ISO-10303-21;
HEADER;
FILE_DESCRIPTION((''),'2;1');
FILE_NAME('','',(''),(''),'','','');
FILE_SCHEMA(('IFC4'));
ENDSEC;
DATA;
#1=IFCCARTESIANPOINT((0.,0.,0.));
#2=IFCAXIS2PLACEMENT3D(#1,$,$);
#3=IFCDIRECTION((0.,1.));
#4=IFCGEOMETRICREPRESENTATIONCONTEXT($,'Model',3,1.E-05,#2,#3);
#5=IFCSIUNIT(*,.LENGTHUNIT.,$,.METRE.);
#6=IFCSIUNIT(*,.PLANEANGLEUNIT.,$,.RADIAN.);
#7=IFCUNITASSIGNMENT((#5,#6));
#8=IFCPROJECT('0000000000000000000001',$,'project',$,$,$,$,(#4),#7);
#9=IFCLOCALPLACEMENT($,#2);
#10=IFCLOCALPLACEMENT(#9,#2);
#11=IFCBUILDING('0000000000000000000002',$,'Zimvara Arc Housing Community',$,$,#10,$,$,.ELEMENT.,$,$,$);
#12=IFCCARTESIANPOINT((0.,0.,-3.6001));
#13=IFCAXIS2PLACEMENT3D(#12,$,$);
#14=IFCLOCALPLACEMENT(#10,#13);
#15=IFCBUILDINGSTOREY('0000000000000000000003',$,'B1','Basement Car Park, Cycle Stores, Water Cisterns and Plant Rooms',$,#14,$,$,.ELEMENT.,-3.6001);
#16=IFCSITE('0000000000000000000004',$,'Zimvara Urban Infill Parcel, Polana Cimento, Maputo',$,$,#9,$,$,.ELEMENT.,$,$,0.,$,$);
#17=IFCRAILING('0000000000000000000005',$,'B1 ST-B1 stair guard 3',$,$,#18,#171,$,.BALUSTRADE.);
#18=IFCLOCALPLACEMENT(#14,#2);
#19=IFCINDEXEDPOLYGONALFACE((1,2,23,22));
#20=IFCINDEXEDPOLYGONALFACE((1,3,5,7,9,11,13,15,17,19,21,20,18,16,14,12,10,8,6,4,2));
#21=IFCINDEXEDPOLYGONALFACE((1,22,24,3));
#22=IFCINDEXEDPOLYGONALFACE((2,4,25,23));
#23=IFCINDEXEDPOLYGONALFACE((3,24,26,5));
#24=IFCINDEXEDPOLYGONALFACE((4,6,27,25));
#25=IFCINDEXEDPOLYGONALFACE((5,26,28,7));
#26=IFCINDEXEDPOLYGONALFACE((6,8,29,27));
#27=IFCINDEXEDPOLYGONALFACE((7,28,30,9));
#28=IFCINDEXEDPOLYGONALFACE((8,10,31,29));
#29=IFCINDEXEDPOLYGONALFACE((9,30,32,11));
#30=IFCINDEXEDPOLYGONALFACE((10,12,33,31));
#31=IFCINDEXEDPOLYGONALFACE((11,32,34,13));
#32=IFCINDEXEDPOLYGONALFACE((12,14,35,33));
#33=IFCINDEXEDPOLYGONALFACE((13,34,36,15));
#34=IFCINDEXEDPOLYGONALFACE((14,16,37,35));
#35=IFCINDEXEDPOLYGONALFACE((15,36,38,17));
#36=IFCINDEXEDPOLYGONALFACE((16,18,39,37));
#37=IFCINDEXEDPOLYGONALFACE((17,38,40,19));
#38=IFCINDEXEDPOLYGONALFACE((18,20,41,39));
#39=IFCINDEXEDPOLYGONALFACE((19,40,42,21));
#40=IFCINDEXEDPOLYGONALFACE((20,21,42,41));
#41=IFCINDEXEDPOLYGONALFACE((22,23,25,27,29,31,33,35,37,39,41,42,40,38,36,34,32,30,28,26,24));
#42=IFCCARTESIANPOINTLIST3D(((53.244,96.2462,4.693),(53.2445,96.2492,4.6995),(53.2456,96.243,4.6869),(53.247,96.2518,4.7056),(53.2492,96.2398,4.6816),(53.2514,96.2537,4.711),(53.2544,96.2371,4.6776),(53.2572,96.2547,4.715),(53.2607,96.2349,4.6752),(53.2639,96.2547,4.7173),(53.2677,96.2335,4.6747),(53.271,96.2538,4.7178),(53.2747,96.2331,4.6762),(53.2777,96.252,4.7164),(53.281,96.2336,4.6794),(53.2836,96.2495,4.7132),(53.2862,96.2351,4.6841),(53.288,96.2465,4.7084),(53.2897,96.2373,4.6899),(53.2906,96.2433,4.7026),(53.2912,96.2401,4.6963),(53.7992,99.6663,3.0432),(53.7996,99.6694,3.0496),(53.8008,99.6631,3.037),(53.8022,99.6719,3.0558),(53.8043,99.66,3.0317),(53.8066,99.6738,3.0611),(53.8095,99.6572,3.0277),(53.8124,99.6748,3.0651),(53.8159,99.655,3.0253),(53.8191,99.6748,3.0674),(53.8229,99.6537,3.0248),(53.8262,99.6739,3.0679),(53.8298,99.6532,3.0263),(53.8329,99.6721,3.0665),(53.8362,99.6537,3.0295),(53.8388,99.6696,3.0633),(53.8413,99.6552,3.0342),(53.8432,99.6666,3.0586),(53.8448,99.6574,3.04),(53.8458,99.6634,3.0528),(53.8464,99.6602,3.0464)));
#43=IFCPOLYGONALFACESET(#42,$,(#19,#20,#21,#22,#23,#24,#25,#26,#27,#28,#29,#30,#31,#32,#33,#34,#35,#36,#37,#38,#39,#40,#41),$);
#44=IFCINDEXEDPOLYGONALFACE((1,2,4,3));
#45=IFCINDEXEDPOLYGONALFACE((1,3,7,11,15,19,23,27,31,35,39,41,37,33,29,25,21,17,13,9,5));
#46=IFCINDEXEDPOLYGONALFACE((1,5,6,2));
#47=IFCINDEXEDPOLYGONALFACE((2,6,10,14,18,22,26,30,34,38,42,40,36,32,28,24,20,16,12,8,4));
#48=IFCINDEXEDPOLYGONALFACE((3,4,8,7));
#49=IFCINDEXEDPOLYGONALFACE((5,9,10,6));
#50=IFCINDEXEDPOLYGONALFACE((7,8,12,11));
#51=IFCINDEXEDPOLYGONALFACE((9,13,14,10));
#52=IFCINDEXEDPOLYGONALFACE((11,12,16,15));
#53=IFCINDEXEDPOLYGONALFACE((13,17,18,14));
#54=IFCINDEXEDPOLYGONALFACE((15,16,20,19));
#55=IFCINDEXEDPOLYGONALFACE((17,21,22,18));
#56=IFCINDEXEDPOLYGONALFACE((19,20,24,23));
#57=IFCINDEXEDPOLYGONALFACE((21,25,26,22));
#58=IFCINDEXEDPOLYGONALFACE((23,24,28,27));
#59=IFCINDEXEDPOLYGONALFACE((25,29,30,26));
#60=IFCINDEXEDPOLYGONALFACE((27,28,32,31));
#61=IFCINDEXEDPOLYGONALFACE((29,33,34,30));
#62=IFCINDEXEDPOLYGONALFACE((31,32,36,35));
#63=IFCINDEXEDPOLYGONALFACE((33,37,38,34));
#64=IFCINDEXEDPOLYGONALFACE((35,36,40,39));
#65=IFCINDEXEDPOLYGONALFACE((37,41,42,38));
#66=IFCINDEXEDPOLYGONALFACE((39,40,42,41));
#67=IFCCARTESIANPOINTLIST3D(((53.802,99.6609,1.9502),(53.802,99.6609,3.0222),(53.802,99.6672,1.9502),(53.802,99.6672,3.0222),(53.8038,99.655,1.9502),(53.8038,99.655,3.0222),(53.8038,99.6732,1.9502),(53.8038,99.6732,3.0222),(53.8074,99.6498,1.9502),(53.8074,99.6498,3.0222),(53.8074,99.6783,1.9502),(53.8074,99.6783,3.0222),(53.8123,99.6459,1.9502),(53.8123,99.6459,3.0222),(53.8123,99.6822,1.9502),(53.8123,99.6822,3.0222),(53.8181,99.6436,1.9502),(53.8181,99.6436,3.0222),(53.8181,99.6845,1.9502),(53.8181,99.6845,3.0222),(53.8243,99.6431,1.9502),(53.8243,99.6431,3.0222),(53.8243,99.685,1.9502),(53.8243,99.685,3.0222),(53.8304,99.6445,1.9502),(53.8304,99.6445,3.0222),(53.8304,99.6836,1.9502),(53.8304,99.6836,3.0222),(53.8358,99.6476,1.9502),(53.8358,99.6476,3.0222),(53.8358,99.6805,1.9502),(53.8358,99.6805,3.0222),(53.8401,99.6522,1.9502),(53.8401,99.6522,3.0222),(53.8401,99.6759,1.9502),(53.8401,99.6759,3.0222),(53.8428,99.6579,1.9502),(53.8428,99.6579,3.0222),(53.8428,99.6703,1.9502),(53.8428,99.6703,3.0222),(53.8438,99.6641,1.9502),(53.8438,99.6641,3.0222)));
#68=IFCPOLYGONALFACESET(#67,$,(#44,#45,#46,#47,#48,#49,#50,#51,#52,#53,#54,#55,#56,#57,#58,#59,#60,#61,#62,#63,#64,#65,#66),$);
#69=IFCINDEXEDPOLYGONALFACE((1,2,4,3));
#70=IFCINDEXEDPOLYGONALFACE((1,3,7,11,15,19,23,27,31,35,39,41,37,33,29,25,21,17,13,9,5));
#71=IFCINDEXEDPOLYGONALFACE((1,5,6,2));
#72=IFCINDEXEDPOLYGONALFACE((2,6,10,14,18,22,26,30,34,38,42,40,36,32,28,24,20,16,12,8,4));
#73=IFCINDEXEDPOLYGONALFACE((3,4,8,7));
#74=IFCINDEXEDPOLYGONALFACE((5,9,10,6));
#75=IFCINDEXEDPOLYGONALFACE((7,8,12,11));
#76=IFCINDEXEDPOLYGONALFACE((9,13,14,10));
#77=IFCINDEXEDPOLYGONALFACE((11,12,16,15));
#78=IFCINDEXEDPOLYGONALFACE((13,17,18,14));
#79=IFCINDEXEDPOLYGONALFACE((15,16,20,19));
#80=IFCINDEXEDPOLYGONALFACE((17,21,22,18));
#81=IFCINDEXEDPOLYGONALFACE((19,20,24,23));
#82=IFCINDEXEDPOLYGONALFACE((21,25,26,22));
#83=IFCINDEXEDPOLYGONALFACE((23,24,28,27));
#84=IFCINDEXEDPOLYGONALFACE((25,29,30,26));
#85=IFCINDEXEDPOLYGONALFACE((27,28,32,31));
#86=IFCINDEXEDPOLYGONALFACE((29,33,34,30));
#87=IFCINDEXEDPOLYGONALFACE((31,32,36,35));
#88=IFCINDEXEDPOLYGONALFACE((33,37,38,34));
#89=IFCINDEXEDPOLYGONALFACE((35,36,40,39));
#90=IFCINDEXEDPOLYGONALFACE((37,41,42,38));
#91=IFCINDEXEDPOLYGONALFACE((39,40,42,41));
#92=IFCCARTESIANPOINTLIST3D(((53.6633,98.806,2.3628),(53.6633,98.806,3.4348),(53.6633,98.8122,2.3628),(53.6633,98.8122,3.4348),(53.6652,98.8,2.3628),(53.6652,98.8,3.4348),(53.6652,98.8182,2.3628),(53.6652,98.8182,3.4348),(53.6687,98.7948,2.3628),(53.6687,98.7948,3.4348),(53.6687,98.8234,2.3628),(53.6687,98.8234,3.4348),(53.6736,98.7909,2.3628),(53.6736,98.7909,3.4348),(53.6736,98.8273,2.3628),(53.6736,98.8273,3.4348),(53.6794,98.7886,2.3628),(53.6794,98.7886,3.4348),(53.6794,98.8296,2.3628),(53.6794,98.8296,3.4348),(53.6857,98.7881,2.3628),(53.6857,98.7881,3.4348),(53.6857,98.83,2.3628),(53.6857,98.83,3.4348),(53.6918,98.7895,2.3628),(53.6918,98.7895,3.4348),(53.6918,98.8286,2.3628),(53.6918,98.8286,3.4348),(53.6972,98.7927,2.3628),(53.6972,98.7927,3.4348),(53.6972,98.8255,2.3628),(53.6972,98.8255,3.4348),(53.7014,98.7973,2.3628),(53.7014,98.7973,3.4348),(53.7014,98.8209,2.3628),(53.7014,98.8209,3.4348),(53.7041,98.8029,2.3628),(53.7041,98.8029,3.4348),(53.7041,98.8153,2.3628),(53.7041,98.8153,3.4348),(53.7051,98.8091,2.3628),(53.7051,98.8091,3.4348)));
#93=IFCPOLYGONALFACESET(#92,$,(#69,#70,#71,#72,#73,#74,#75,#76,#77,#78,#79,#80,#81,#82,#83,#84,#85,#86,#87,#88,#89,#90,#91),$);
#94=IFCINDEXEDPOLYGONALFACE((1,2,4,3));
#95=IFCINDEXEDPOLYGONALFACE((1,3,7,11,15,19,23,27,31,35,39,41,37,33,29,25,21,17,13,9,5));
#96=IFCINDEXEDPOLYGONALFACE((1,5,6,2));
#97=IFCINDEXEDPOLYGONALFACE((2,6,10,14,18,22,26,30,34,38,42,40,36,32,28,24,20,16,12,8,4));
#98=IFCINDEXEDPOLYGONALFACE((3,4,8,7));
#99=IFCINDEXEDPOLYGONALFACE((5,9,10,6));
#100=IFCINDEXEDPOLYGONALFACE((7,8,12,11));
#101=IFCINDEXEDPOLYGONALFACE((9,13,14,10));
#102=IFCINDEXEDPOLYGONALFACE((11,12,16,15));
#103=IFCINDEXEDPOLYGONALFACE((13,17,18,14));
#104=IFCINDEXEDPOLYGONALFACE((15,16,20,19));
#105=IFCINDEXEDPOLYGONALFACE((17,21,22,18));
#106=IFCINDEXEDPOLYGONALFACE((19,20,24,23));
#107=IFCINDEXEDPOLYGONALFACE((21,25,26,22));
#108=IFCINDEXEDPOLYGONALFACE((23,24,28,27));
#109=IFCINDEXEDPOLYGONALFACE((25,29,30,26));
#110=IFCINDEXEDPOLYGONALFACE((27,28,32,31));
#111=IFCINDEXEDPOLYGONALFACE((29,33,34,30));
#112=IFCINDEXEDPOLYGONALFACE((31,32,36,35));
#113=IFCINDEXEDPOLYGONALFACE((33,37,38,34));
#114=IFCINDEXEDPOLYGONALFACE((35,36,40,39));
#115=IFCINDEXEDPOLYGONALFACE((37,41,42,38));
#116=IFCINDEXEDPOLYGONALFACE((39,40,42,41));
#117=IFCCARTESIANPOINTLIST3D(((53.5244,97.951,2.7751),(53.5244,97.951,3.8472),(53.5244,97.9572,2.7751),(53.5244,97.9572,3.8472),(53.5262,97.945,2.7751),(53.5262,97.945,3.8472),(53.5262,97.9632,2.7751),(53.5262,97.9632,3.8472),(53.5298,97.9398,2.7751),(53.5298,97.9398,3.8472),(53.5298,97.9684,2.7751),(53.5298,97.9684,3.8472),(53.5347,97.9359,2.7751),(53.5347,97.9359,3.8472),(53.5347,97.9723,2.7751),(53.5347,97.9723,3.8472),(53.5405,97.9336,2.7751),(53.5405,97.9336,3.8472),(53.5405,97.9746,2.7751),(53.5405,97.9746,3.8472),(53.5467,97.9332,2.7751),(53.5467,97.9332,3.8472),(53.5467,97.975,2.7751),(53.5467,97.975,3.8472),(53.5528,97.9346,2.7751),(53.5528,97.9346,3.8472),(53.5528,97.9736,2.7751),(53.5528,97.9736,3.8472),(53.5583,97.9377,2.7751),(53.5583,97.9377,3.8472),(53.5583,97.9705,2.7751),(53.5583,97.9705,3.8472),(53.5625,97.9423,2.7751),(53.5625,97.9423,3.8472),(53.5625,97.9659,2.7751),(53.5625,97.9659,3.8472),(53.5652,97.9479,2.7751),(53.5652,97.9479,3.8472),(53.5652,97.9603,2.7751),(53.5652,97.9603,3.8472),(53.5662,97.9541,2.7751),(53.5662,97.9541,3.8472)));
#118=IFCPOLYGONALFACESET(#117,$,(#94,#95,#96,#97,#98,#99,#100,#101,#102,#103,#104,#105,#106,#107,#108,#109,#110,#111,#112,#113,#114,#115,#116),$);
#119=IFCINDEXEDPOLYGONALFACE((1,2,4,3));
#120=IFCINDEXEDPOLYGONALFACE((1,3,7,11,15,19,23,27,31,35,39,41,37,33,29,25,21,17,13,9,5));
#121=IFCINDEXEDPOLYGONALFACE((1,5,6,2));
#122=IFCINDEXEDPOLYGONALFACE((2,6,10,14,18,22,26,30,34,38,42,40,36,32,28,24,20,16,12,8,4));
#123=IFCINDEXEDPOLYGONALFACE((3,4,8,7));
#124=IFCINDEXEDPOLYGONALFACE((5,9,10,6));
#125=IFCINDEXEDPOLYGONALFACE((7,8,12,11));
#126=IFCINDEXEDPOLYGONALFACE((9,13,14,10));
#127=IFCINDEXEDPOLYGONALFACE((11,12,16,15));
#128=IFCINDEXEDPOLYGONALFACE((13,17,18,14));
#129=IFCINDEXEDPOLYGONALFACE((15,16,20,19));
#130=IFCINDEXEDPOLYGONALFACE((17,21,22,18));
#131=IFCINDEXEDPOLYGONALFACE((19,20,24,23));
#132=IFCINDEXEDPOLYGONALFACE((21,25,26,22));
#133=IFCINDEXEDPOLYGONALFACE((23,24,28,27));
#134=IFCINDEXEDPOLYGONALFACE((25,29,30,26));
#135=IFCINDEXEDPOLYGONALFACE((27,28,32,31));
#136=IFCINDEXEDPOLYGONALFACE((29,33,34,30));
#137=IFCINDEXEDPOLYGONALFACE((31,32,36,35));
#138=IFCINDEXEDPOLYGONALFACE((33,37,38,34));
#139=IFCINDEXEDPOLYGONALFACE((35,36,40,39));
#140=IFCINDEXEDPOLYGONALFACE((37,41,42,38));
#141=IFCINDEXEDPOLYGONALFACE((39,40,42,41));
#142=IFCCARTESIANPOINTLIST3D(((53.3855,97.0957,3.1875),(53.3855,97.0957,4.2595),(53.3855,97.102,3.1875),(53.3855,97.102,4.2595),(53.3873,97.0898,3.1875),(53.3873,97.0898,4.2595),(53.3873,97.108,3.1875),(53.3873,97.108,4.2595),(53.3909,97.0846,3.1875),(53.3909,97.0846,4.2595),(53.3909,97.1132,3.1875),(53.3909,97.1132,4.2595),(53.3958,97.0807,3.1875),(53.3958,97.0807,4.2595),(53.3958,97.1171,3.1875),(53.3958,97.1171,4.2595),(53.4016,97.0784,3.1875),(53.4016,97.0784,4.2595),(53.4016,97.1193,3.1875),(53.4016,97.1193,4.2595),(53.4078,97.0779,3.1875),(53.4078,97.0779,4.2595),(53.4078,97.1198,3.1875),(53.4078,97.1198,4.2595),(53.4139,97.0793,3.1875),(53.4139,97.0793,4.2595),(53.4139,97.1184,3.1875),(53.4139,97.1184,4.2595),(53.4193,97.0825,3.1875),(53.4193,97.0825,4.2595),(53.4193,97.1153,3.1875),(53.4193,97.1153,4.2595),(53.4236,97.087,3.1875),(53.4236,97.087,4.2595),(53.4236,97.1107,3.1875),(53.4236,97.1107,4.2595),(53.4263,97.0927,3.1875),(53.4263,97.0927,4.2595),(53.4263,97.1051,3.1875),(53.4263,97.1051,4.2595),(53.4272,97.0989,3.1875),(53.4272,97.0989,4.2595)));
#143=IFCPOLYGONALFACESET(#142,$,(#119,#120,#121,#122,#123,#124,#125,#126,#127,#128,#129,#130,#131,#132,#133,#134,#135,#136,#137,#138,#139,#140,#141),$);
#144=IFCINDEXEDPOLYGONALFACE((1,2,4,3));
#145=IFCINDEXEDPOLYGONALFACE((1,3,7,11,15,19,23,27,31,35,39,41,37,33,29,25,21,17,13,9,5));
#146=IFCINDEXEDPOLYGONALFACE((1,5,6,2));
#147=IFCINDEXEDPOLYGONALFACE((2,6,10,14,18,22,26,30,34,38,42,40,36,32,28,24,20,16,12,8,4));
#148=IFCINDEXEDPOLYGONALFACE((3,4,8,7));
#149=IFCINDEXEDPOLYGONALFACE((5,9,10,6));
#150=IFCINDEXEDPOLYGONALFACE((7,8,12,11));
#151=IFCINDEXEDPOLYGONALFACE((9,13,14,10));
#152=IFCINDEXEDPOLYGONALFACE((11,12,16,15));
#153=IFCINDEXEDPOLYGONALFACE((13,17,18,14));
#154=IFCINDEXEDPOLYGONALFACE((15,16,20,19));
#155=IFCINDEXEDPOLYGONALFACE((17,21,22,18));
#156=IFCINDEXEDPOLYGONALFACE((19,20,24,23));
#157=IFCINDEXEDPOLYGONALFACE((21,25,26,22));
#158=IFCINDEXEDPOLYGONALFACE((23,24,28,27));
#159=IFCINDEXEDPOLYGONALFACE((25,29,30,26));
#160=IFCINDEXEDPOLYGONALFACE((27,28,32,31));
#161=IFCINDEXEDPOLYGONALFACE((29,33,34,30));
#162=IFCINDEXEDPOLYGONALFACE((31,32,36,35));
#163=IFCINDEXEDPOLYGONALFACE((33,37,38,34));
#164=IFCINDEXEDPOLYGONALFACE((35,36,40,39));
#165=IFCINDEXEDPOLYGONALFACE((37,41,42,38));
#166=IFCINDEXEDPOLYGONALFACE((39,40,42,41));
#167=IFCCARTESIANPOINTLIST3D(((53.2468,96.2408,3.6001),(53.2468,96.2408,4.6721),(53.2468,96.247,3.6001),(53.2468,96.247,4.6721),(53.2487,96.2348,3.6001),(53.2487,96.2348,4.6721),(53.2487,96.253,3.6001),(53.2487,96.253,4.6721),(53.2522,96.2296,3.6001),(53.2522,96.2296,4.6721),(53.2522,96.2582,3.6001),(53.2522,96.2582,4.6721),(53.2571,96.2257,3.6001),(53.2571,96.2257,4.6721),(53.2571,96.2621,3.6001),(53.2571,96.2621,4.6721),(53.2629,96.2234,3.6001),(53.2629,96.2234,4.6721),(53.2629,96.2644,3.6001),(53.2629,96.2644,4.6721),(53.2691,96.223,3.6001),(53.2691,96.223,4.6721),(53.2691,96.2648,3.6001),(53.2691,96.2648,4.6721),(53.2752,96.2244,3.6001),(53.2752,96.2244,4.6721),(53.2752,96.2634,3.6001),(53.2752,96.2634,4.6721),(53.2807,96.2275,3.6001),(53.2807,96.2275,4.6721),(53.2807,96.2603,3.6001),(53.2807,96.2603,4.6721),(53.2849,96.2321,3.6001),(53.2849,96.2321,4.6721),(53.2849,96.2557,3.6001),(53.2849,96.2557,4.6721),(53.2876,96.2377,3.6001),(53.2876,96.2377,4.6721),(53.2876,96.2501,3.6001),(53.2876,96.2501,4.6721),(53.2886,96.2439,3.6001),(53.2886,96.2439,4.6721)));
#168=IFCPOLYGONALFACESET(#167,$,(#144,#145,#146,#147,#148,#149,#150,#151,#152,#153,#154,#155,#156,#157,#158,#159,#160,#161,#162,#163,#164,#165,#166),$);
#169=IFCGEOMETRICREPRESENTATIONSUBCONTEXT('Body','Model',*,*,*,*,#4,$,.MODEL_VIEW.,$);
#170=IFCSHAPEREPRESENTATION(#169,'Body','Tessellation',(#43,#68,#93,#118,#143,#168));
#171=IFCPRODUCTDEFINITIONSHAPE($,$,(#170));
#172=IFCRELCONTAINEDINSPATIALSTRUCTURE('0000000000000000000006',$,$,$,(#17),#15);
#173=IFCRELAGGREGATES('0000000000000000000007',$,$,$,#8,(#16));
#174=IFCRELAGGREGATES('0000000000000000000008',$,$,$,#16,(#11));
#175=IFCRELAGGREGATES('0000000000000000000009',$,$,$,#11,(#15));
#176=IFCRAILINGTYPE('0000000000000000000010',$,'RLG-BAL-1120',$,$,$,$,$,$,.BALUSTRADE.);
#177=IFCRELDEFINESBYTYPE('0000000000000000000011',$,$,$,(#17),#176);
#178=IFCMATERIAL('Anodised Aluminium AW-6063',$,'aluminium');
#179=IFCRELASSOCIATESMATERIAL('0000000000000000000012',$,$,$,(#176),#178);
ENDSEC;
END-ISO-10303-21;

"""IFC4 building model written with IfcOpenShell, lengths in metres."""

from ifc_helpers import new_model, si_unit, direction, frame, origin, origin_2d, place, context, subcontext, project, spatial, circle, extrude, material, type_object, element, save


model = new_model("IFC4")

# Units and contexts
model_context = context("Model", 3, precision=1e-05, world=origin(), true_north=direction((0.0, 1.0)))
body_context = subcontext(model_context, "Body", "Model", "MODEL_VIEW")
ifc_project = project(units=[si_unit("LENGTHUNIT", "METRE"), si_unit("PLANEANGLEUNIT", "RADIAN")], contexts=[model_context])

# Site, building, storey
site_placement = place(None, origin())
site = spatial("IfcSite", under=ifc_project, at=site_placement, Name="Zimvara Urban Infill Parcel, Polana Cimento, Maputo", CompositionType="ELEMENT", RefElevation=0.0)
building_placement = place(site_placement, origin())
building = spatial("IfcBuilding", under=site, at=building_placement, Name="Zimvara Arc Housing Community", CompositionType="ELEMENT")
storey_placement = place(building_placement, frame((0.0, 0.0, -3.6001)))
storey = spatial("IfcBuildingStorey", under=building, at=storey_placement, Name="B1", Description="Basement Car Park, Cycle Stores, Water Cisterns and Plant Rooms", CompositionType="ELEMENT", Elevation=-3.6001)

# Railing
ifc_material_1 = material(Name="Anodised Aluminium AW-6063", Category="aluminium")
railing_type_1 = type_object("IfcRailingType", Name="RLG-BAL-1120", PredefinedType="BALUSTRADE", material=ifc_material_1)
railing_1_placement = place(storey_placement, frame((53.8228, 99.6641, 1.9502)))
element("IfcRailing", 1, at=railing_1_placement, inside=storey, type_object=railing_type_1, Name="B1 ST-B1 stair guard 3", PredefinedType="BALUSTRADE", context=body_context, shape_type="SweptSolid", body=[
    extrude(circle(Radius=0.0239, at=origin_2d()), frame((0.0, 0.0, 1.0962), z_axis=(-0.144664, -0.891202, 0.42992), x_axis=(0.98708, -0.160227, 0.0)), (0.0, 0.0, 1.0), 3.8376),
    extrude(circle(Radius=0.021, at=origin_2d()), origin(), (0.0, 0.0, 1.0), 1.072),
    extrude(circle(Radius=0.021, at=origin_2d()), frame((-0.1387, -0.855, 0.4126)), (0.0, 0.0, 1.0), 1.072),
    extrude(circle(Radius=0.021, at=origin_2d()), frame((-0.2776, -1.71, 0.825)), (0.0, 0.0, 1.0), 1.072),
    extrude(circle(Radius=0.021, at=origin_2d()), frame((-0.4165, -2.5652, 1.2373)), (0.0, 0.0, 1.0), 1.072),
    extrude(circle(Radius=0.021, at=origin_2d()), frame((-0.5552, -3.4202, 1.6499)), (0.0, 0.0, 1.0), 1.072),
])

save(model, "model.ifc")
